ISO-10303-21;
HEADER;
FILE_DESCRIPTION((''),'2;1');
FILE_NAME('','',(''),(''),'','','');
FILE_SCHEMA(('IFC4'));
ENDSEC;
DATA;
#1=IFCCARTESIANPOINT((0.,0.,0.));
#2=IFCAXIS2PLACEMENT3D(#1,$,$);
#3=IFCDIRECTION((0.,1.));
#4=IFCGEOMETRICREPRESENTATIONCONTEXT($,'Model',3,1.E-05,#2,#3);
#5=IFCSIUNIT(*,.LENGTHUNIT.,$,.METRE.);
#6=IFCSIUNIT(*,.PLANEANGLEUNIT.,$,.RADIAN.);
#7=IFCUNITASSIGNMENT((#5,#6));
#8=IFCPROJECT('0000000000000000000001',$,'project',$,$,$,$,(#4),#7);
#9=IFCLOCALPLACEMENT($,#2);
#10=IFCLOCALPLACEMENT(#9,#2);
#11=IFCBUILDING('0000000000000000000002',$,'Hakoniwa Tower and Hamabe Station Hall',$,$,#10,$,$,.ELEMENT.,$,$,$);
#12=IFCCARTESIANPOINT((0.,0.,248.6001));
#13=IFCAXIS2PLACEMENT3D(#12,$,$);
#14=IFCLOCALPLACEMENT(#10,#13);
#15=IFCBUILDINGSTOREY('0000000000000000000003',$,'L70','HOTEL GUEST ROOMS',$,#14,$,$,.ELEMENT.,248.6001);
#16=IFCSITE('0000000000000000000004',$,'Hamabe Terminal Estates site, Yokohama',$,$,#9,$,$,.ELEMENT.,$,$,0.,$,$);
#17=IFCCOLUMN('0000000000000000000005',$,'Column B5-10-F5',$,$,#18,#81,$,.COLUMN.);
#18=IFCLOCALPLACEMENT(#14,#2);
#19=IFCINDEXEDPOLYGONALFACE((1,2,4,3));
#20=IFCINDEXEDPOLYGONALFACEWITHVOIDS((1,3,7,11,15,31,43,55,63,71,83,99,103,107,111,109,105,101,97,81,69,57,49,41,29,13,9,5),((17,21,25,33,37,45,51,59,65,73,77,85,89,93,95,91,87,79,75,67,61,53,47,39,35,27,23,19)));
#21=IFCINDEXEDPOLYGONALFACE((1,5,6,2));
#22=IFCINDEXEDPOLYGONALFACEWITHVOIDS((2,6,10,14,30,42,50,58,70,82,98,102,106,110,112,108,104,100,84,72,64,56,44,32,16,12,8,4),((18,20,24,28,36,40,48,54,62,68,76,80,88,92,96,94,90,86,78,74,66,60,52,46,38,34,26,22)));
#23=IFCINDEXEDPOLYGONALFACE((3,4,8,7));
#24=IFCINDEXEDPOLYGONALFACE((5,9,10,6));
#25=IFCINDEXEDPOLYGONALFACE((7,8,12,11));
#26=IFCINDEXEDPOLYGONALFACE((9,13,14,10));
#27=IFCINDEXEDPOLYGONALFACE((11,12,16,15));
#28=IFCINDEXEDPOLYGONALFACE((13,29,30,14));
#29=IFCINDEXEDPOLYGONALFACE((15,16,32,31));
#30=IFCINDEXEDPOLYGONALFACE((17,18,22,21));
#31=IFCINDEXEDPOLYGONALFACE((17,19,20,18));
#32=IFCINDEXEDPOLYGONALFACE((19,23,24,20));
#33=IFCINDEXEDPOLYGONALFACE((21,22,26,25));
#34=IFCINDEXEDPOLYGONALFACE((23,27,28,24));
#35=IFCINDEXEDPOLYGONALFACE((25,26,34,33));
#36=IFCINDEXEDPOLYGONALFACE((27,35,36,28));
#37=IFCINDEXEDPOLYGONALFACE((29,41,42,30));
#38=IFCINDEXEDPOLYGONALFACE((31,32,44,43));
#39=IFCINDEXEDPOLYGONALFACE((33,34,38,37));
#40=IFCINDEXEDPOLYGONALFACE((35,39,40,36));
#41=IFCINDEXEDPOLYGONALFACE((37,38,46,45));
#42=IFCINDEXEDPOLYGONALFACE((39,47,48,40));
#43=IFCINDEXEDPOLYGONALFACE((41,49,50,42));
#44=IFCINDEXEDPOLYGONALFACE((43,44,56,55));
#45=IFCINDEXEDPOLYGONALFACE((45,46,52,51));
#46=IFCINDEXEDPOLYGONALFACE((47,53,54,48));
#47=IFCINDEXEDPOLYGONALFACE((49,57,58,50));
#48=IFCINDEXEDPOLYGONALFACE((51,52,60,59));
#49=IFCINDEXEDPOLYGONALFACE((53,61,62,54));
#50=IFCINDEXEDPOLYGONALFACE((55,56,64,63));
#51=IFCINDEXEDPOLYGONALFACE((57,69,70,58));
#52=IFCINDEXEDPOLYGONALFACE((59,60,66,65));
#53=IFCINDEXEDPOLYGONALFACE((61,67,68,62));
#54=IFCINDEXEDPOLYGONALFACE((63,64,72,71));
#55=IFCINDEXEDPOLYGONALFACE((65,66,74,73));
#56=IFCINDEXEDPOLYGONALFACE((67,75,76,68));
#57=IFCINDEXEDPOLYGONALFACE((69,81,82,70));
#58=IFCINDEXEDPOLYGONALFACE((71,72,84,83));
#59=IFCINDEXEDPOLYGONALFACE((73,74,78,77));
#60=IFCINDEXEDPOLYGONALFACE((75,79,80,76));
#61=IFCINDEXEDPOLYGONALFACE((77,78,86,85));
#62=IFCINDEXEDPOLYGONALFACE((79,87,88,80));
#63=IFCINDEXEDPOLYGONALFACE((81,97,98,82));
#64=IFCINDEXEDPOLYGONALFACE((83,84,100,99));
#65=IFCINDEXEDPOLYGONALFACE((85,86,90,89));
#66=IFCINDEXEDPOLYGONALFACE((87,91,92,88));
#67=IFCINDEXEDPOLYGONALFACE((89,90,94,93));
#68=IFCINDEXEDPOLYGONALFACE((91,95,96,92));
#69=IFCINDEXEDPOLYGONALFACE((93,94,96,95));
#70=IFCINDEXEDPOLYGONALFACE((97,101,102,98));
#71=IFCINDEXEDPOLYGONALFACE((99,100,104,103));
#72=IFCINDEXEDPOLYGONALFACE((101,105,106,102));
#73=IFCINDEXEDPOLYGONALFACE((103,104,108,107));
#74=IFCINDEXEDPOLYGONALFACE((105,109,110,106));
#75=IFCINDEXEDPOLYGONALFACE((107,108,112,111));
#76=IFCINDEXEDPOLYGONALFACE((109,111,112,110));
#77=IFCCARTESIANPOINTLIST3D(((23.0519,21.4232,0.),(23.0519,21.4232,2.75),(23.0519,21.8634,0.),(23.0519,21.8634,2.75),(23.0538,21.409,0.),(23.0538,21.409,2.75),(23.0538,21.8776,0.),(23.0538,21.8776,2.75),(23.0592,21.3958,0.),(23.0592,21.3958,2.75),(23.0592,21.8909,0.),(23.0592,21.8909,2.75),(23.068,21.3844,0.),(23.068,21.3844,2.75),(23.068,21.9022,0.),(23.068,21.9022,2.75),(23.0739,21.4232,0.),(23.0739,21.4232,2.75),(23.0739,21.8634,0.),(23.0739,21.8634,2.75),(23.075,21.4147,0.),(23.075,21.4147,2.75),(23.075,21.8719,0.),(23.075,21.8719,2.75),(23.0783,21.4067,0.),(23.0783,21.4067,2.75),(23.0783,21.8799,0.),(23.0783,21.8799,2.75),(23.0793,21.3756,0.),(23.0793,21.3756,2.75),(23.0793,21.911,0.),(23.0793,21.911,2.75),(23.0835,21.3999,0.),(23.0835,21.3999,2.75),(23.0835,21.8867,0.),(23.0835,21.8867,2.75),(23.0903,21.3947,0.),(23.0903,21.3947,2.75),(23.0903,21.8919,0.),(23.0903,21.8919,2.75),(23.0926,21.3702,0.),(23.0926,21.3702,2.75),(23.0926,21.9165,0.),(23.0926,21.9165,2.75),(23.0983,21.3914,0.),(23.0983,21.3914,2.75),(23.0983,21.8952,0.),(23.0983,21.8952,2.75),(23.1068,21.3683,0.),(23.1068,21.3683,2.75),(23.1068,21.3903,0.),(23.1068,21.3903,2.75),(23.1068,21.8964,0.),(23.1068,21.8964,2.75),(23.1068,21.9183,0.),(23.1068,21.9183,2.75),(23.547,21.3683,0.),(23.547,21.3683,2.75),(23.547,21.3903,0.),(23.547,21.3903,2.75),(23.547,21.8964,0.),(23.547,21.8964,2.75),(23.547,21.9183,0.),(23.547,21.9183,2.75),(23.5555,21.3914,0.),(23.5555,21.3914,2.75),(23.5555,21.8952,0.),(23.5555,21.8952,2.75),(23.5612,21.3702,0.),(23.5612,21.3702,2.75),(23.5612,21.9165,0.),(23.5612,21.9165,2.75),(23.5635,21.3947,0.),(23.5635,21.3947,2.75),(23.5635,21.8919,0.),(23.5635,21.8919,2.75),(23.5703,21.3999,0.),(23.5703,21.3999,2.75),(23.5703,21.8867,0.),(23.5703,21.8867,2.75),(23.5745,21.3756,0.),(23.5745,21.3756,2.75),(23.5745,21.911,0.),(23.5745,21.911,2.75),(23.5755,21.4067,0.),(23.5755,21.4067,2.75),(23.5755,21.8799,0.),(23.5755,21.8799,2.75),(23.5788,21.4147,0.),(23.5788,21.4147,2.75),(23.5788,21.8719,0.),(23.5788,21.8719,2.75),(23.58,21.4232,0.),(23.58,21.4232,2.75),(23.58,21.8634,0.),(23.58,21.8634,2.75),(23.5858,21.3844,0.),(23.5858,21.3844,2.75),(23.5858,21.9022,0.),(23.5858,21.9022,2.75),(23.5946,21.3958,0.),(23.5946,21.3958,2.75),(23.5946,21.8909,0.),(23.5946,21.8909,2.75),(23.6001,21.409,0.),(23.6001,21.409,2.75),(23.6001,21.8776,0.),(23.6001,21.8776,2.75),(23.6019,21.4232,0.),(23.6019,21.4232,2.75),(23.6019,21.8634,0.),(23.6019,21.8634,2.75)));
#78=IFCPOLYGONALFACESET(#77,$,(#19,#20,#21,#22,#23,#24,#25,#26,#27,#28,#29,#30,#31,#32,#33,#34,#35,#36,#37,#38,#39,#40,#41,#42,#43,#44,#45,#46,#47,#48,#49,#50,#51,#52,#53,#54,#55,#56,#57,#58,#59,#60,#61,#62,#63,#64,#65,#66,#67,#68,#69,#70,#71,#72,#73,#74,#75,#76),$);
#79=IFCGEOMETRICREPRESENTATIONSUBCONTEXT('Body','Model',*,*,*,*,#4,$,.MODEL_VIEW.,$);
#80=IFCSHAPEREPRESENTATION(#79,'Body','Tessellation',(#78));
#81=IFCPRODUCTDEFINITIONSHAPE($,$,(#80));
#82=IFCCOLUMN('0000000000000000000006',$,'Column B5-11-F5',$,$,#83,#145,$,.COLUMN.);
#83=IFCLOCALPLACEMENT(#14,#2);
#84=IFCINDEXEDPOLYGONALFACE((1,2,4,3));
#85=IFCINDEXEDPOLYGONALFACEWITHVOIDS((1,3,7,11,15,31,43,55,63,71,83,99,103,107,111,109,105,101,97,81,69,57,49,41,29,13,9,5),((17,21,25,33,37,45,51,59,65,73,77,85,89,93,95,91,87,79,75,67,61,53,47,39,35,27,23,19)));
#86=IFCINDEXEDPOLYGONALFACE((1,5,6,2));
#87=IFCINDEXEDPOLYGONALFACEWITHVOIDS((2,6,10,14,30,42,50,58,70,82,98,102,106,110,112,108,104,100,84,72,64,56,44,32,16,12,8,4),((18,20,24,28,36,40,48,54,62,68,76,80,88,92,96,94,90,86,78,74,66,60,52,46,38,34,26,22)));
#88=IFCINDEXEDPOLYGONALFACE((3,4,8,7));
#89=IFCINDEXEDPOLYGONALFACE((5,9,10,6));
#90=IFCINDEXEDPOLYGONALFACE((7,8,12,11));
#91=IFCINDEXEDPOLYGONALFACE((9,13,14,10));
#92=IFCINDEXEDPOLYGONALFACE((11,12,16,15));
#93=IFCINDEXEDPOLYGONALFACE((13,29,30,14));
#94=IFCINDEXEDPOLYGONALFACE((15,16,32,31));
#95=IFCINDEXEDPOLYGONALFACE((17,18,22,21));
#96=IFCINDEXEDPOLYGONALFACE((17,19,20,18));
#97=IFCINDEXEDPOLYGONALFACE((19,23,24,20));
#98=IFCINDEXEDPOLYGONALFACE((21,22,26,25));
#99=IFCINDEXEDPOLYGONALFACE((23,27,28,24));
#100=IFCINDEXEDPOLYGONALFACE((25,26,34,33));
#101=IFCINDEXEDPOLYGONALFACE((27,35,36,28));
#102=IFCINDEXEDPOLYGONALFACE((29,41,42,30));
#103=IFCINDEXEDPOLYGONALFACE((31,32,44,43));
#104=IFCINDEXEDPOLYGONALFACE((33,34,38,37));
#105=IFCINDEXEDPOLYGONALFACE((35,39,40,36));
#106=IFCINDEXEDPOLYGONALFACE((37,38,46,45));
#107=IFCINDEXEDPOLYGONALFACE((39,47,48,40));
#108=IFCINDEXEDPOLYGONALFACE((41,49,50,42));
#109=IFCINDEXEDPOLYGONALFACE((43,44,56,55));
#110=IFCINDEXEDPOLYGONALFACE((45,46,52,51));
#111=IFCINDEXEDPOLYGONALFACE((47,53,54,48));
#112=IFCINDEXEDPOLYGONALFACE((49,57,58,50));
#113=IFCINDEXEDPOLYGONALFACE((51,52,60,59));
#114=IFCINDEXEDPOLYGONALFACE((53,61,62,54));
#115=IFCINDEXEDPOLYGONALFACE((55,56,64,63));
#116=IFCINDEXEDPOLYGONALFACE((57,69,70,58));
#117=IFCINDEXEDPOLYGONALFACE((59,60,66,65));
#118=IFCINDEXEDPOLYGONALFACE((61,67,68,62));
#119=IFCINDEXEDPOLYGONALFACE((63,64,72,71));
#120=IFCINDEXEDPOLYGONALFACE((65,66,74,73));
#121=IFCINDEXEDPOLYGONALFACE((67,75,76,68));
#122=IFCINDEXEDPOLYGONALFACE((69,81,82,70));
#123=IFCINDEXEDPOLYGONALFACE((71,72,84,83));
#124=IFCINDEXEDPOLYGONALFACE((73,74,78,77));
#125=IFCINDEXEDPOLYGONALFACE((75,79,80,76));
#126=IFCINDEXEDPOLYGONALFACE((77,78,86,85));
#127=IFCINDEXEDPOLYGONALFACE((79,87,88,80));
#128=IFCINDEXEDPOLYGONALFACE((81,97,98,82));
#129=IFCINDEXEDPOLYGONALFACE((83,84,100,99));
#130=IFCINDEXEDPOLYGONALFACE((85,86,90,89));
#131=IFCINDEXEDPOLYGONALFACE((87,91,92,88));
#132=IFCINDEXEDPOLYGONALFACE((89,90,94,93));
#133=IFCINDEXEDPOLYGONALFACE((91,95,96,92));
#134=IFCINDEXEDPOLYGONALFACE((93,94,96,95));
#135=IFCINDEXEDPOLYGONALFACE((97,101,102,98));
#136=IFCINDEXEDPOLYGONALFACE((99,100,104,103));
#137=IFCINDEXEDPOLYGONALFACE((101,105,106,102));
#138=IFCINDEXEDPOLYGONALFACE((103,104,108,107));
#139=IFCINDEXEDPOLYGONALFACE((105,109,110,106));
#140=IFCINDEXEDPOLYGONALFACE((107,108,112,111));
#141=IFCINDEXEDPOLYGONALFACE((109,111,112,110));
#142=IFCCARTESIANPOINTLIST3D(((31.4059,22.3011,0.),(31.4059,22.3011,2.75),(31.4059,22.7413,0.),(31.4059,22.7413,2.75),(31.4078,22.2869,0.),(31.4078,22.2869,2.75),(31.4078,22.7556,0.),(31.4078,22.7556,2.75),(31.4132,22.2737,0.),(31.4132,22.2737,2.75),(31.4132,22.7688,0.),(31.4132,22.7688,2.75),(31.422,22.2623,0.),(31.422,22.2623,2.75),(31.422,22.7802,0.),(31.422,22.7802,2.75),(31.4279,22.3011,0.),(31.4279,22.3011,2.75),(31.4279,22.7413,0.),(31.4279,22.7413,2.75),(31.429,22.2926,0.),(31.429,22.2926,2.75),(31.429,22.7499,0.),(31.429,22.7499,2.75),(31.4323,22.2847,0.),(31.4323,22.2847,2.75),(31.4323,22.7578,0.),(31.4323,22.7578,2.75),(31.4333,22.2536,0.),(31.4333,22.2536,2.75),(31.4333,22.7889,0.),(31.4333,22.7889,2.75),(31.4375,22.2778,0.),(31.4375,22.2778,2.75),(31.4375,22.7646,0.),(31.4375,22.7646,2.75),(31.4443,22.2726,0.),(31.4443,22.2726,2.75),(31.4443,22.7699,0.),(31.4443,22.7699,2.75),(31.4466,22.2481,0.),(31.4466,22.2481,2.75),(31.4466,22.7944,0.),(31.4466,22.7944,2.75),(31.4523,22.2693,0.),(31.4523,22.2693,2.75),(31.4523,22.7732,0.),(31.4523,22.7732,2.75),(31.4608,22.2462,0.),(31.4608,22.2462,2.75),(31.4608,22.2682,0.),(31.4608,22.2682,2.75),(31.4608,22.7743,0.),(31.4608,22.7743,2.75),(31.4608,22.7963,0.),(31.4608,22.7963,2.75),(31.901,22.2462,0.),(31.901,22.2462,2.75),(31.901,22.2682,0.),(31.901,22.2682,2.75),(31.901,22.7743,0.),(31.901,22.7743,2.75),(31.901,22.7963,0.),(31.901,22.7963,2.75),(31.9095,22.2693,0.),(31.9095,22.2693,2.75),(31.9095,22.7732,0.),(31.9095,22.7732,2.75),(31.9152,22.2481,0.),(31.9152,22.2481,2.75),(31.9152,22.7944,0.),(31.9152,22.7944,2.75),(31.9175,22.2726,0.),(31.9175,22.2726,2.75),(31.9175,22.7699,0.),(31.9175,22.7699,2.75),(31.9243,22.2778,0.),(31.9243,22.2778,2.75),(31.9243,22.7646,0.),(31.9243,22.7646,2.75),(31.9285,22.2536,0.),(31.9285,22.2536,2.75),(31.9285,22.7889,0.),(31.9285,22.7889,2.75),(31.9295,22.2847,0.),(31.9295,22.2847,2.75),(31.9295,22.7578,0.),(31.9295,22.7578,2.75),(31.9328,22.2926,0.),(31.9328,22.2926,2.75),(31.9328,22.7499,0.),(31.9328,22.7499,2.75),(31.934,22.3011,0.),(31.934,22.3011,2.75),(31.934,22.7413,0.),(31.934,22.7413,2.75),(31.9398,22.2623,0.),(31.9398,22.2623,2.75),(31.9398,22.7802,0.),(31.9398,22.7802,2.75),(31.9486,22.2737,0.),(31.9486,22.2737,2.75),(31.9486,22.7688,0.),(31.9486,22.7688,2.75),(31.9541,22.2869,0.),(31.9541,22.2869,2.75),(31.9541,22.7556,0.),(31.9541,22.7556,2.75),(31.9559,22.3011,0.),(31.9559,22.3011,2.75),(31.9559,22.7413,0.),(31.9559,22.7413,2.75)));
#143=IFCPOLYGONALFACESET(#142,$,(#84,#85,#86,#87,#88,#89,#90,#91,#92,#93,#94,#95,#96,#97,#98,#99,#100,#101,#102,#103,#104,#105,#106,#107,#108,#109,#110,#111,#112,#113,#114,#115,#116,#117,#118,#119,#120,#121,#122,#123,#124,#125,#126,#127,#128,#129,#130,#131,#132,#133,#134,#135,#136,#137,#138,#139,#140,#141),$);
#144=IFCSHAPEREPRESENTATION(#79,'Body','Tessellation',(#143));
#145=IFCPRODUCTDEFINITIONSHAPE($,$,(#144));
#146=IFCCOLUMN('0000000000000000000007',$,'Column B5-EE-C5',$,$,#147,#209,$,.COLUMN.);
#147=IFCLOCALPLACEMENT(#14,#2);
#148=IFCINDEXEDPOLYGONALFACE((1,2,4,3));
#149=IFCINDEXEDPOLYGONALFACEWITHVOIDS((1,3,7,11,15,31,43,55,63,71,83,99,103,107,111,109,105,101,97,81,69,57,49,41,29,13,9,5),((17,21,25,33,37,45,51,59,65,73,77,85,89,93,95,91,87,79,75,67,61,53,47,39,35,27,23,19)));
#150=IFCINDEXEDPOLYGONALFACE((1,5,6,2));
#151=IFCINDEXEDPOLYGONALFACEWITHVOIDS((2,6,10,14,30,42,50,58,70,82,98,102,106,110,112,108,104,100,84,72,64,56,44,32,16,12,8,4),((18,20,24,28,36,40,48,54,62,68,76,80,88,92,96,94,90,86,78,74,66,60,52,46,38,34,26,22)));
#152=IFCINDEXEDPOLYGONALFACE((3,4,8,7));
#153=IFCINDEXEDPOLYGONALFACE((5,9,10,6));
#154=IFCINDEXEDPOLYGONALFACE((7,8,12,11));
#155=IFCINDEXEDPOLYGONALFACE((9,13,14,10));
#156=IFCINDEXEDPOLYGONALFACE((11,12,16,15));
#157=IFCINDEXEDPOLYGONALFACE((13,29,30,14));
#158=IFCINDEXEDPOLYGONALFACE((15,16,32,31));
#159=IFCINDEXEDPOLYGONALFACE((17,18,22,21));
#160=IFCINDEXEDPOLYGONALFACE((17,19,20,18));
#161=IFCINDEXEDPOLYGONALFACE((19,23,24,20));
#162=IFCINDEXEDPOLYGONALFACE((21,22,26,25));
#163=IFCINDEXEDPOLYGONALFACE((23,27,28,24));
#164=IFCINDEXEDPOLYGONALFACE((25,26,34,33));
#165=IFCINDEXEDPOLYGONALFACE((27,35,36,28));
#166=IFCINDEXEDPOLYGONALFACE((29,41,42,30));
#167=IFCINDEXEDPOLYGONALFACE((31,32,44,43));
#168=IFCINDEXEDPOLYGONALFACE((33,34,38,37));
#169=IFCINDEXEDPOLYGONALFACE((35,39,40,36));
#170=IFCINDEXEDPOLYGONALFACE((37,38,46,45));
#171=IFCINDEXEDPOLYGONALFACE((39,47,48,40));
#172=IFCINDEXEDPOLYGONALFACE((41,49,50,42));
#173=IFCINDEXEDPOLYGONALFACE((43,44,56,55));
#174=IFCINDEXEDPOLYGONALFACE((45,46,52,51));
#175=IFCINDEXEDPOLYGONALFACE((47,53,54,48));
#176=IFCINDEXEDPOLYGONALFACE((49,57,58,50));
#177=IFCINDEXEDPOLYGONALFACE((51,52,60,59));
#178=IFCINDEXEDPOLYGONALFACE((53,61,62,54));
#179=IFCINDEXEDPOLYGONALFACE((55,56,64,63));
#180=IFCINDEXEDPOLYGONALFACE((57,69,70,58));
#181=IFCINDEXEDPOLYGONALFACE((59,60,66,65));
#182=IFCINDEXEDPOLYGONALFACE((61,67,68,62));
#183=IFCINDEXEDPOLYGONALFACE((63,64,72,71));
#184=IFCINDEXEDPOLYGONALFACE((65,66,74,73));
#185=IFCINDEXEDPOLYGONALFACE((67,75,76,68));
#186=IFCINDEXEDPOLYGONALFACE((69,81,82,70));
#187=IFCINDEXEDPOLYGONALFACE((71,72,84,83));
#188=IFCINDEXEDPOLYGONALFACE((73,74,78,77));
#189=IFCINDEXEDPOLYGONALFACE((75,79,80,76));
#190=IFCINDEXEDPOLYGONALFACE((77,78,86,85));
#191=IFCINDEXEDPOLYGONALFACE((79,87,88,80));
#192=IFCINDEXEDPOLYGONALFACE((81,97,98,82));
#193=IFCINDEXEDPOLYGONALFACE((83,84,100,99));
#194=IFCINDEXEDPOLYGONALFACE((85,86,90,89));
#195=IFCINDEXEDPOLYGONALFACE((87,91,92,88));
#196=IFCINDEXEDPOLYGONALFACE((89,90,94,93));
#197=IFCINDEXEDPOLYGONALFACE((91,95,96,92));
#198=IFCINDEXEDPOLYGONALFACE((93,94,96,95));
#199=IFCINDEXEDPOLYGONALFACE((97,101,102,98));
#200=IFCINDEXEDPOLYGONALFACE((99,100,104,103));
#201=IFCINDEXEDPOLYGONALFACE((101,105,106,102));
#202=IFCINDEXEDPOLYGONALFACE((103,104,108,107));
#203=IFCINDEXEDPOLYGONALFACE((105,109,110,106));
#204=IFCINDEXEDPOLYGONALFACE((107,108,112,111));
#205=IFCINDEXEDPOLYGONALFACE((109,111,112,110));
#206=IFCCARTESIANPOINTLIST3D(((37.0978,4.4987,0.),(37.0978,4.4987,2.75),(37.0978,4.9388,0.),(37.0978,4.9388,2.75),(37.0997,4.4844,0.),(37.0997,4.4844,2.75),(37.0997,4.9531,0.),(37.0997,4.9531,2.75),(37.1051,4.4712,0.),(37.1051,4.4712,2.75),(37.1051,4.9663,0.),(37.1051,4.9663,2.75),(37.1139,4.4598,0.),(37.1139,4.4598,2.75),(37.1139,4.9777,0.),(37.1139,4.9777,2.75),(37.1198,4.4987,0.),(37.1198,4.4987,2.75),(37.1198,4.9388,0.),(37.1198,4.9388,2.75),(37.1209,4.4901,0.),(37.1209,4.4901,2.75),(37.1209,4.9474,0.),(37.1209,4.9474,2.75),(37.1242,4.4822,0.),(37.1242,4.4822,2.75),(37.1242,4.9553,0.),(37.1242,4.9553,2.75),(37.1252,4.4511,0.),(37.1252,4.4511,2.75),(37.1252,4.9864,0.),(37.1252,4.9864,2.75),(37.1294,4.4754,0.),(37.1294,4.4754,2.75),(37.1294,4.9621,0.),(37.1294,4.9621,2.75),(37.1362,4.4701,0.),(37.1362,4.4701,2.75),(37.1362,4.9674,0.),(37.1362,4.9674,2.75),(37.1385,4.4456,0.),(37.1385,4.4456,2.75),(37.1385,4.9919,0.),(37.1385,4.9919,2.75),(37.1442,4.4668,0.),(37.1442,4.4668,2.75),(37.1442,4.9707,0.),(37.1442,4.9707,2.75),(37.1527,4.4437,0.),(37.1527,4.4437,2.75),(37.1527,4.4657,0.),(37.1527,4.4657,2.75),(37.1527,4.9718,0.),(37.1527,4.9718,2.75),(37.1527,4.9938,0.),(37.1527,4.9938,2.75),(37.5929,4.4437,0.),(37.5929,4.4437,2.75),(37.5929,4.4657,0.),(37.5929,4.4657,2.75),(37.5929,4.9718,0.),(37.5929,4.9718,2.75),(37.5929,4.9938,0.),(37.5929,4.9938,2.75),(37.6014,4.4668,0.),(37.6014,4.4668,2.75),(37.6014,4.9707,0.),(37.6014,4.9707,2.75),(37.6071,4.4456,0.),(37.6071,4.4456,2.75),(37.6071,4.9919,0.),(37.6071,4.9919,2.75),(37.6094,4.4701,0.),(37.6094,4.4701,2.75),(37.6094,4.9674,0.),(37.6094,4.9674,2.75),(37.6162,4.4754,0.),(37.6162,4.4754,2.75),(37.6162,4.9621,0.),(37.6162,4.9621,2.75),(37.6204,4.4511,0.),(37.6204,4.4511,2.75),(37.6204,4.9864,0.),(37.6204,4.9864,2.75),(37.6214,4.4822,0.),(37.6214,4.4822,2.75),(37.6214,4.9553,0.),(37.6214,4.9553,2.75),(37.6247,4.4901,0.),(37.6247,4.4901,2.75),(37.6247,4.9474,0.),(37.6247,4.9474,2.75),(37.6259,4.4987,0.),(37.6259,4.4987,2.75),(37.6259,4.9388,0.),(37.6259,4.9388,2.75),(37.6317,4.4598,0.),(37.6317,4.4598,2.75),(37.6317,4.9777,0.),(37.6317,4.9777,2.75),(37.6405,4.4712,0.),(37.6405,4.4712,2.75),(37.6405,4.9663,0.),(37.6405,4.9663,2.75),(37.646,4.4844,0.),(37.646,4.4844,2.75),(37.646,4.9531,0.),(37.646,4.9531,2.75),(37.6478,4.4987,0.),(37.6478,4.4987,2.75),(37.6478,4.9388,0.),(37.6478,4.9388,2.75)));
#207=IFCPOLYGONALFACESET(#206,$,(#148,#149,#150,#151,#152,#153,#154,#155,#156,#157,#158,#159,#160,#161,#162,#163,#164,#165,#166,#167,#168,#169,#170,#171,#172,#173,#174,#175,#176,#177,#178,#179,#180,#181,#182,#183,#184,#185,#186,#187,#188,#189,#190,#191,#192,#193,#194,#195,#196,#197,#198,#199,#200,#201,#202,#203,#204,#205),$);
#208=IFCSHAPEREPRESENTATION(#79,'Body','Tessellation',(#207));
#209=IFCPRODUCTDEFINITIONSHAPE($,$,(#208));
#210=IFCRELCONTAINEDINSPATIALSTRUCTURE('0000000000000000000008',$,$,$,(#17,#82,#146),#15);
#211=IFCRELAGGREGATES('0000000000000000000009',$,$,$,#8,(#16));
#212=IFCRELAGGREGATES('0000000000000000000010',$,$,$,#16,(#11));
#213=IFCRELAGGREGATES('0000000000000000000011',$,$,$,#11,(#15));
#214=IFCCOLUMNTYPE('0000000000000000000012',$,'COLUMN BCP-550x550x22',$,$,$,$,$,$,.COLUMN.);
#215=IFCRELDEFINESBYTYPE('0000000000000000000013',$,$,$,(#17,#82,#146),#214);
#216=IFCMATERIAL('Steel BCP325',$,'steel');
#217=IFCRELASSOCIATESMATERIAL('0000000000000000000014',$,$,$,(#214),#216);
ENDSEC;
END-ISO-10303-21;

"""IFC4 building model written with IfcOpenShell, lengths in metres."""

from ifc_helpers import new_model, si_unit, direction, frame, origin, origin_2d, place, context, subcontext, project, spatial, hollow_rectangle, extrude, material, material_profile, profile_set, type_object, element, save


model = new_model("IFC4")

# Units and contexts
model_context = context("Model", 3, precision=1e-05, world=origin(), true_north=direction((0.0, 1.0)))
body_context = subcontext(model_context, "Body", "Model", "MODEL_VIEW")
ifc_project = project(units=[si_unit("LENGTHUNIT", "METRE"), si_unit("PLANEANGLEUNIT", "RADIAN")], contexts=[model_context])

# Site, building, storey
site_placement = place(None, origin())
site = spatial("IfcSite", under=ifc_project, at=site_placement, Name="Hamabe Terminal Estates site, Yokohama", CompositionType="ELEMENT", RefElevation=0.0)
building_placement = place(site_placement, origin())
building = spatial("IfcBuilding", under=site, at=building_placement, Name="Hakoniwa Tower and Hamabe Station Hall", CompositionType="ELEMENT")
storey_placement = place(building_placement, frame((0.0, 0.0, 248.6001)))
storey = spatial("IfcBuildingStorey", under=building, at=storey_placement, Name="L70", Description="HOTEL GUEST ROOMS", CompositionType="ELEMENT", Elevation=248.6001)

# Columns
ifc_material_1 = material(Name="Steel BCP325", Category="steel")
ifc_material_profile_1 = material_profile(ifc_material_1, hollow_rectangle(XDim=0.55, YDim=0.55, WallThickness=0.022, InnerFilletRadius=0.033, OuterFilletRadius=0.0549, at=origin_2d()), Name="BCP-550x550x22")
ifc_profile_set_1 = profile_set([ifc_material_profile_1], Name="Steel BCP325")
column_type = type_object("IfcColumnType", Name="COLUMN BCP-550x550x22", PredefinedType="COLUMN", material=ifc_profile_set_1)
for number, where, z_axis, x_axis, name in (
    (1, (23.3269, 21.6433, 0.0), (0.0, 0.0, 1.0), (1.0, 0.0, 0.0), "Column B5-10-F5"),
    (2, (31.6809, 22.5212, 0.0), (0.0, 0.0, 1.0), (1.0, 0.0, 0.0), "Column B5-11-F5"),
    (3, (37.3728, 4.7188, 0.0), (0.0, 0.0, 1.0), (1.0, 0.0, 0.0), "Column B5-EE-C5"),
):
    element("IfcColumn", number, at=place(storey_placement, frame(where, z_axis=z_axis, x_axis=x_axis)), inside=storey, type_object=column_type, Name=name, PredefinedType="COLUMN", context=body_context, shape_type="SweptSolid", body=[
        extrude(hollow_rectangle(XDim=0.55, YDim=0.55, WallThickness=0.022, InnerFilletRadius=0.033, OuterFilletRadius=0.0549, at=origin_2d()), origin(), (0.0, 0.0, 1.0), 2.75),
    ])

save(model, "model.ifc")
